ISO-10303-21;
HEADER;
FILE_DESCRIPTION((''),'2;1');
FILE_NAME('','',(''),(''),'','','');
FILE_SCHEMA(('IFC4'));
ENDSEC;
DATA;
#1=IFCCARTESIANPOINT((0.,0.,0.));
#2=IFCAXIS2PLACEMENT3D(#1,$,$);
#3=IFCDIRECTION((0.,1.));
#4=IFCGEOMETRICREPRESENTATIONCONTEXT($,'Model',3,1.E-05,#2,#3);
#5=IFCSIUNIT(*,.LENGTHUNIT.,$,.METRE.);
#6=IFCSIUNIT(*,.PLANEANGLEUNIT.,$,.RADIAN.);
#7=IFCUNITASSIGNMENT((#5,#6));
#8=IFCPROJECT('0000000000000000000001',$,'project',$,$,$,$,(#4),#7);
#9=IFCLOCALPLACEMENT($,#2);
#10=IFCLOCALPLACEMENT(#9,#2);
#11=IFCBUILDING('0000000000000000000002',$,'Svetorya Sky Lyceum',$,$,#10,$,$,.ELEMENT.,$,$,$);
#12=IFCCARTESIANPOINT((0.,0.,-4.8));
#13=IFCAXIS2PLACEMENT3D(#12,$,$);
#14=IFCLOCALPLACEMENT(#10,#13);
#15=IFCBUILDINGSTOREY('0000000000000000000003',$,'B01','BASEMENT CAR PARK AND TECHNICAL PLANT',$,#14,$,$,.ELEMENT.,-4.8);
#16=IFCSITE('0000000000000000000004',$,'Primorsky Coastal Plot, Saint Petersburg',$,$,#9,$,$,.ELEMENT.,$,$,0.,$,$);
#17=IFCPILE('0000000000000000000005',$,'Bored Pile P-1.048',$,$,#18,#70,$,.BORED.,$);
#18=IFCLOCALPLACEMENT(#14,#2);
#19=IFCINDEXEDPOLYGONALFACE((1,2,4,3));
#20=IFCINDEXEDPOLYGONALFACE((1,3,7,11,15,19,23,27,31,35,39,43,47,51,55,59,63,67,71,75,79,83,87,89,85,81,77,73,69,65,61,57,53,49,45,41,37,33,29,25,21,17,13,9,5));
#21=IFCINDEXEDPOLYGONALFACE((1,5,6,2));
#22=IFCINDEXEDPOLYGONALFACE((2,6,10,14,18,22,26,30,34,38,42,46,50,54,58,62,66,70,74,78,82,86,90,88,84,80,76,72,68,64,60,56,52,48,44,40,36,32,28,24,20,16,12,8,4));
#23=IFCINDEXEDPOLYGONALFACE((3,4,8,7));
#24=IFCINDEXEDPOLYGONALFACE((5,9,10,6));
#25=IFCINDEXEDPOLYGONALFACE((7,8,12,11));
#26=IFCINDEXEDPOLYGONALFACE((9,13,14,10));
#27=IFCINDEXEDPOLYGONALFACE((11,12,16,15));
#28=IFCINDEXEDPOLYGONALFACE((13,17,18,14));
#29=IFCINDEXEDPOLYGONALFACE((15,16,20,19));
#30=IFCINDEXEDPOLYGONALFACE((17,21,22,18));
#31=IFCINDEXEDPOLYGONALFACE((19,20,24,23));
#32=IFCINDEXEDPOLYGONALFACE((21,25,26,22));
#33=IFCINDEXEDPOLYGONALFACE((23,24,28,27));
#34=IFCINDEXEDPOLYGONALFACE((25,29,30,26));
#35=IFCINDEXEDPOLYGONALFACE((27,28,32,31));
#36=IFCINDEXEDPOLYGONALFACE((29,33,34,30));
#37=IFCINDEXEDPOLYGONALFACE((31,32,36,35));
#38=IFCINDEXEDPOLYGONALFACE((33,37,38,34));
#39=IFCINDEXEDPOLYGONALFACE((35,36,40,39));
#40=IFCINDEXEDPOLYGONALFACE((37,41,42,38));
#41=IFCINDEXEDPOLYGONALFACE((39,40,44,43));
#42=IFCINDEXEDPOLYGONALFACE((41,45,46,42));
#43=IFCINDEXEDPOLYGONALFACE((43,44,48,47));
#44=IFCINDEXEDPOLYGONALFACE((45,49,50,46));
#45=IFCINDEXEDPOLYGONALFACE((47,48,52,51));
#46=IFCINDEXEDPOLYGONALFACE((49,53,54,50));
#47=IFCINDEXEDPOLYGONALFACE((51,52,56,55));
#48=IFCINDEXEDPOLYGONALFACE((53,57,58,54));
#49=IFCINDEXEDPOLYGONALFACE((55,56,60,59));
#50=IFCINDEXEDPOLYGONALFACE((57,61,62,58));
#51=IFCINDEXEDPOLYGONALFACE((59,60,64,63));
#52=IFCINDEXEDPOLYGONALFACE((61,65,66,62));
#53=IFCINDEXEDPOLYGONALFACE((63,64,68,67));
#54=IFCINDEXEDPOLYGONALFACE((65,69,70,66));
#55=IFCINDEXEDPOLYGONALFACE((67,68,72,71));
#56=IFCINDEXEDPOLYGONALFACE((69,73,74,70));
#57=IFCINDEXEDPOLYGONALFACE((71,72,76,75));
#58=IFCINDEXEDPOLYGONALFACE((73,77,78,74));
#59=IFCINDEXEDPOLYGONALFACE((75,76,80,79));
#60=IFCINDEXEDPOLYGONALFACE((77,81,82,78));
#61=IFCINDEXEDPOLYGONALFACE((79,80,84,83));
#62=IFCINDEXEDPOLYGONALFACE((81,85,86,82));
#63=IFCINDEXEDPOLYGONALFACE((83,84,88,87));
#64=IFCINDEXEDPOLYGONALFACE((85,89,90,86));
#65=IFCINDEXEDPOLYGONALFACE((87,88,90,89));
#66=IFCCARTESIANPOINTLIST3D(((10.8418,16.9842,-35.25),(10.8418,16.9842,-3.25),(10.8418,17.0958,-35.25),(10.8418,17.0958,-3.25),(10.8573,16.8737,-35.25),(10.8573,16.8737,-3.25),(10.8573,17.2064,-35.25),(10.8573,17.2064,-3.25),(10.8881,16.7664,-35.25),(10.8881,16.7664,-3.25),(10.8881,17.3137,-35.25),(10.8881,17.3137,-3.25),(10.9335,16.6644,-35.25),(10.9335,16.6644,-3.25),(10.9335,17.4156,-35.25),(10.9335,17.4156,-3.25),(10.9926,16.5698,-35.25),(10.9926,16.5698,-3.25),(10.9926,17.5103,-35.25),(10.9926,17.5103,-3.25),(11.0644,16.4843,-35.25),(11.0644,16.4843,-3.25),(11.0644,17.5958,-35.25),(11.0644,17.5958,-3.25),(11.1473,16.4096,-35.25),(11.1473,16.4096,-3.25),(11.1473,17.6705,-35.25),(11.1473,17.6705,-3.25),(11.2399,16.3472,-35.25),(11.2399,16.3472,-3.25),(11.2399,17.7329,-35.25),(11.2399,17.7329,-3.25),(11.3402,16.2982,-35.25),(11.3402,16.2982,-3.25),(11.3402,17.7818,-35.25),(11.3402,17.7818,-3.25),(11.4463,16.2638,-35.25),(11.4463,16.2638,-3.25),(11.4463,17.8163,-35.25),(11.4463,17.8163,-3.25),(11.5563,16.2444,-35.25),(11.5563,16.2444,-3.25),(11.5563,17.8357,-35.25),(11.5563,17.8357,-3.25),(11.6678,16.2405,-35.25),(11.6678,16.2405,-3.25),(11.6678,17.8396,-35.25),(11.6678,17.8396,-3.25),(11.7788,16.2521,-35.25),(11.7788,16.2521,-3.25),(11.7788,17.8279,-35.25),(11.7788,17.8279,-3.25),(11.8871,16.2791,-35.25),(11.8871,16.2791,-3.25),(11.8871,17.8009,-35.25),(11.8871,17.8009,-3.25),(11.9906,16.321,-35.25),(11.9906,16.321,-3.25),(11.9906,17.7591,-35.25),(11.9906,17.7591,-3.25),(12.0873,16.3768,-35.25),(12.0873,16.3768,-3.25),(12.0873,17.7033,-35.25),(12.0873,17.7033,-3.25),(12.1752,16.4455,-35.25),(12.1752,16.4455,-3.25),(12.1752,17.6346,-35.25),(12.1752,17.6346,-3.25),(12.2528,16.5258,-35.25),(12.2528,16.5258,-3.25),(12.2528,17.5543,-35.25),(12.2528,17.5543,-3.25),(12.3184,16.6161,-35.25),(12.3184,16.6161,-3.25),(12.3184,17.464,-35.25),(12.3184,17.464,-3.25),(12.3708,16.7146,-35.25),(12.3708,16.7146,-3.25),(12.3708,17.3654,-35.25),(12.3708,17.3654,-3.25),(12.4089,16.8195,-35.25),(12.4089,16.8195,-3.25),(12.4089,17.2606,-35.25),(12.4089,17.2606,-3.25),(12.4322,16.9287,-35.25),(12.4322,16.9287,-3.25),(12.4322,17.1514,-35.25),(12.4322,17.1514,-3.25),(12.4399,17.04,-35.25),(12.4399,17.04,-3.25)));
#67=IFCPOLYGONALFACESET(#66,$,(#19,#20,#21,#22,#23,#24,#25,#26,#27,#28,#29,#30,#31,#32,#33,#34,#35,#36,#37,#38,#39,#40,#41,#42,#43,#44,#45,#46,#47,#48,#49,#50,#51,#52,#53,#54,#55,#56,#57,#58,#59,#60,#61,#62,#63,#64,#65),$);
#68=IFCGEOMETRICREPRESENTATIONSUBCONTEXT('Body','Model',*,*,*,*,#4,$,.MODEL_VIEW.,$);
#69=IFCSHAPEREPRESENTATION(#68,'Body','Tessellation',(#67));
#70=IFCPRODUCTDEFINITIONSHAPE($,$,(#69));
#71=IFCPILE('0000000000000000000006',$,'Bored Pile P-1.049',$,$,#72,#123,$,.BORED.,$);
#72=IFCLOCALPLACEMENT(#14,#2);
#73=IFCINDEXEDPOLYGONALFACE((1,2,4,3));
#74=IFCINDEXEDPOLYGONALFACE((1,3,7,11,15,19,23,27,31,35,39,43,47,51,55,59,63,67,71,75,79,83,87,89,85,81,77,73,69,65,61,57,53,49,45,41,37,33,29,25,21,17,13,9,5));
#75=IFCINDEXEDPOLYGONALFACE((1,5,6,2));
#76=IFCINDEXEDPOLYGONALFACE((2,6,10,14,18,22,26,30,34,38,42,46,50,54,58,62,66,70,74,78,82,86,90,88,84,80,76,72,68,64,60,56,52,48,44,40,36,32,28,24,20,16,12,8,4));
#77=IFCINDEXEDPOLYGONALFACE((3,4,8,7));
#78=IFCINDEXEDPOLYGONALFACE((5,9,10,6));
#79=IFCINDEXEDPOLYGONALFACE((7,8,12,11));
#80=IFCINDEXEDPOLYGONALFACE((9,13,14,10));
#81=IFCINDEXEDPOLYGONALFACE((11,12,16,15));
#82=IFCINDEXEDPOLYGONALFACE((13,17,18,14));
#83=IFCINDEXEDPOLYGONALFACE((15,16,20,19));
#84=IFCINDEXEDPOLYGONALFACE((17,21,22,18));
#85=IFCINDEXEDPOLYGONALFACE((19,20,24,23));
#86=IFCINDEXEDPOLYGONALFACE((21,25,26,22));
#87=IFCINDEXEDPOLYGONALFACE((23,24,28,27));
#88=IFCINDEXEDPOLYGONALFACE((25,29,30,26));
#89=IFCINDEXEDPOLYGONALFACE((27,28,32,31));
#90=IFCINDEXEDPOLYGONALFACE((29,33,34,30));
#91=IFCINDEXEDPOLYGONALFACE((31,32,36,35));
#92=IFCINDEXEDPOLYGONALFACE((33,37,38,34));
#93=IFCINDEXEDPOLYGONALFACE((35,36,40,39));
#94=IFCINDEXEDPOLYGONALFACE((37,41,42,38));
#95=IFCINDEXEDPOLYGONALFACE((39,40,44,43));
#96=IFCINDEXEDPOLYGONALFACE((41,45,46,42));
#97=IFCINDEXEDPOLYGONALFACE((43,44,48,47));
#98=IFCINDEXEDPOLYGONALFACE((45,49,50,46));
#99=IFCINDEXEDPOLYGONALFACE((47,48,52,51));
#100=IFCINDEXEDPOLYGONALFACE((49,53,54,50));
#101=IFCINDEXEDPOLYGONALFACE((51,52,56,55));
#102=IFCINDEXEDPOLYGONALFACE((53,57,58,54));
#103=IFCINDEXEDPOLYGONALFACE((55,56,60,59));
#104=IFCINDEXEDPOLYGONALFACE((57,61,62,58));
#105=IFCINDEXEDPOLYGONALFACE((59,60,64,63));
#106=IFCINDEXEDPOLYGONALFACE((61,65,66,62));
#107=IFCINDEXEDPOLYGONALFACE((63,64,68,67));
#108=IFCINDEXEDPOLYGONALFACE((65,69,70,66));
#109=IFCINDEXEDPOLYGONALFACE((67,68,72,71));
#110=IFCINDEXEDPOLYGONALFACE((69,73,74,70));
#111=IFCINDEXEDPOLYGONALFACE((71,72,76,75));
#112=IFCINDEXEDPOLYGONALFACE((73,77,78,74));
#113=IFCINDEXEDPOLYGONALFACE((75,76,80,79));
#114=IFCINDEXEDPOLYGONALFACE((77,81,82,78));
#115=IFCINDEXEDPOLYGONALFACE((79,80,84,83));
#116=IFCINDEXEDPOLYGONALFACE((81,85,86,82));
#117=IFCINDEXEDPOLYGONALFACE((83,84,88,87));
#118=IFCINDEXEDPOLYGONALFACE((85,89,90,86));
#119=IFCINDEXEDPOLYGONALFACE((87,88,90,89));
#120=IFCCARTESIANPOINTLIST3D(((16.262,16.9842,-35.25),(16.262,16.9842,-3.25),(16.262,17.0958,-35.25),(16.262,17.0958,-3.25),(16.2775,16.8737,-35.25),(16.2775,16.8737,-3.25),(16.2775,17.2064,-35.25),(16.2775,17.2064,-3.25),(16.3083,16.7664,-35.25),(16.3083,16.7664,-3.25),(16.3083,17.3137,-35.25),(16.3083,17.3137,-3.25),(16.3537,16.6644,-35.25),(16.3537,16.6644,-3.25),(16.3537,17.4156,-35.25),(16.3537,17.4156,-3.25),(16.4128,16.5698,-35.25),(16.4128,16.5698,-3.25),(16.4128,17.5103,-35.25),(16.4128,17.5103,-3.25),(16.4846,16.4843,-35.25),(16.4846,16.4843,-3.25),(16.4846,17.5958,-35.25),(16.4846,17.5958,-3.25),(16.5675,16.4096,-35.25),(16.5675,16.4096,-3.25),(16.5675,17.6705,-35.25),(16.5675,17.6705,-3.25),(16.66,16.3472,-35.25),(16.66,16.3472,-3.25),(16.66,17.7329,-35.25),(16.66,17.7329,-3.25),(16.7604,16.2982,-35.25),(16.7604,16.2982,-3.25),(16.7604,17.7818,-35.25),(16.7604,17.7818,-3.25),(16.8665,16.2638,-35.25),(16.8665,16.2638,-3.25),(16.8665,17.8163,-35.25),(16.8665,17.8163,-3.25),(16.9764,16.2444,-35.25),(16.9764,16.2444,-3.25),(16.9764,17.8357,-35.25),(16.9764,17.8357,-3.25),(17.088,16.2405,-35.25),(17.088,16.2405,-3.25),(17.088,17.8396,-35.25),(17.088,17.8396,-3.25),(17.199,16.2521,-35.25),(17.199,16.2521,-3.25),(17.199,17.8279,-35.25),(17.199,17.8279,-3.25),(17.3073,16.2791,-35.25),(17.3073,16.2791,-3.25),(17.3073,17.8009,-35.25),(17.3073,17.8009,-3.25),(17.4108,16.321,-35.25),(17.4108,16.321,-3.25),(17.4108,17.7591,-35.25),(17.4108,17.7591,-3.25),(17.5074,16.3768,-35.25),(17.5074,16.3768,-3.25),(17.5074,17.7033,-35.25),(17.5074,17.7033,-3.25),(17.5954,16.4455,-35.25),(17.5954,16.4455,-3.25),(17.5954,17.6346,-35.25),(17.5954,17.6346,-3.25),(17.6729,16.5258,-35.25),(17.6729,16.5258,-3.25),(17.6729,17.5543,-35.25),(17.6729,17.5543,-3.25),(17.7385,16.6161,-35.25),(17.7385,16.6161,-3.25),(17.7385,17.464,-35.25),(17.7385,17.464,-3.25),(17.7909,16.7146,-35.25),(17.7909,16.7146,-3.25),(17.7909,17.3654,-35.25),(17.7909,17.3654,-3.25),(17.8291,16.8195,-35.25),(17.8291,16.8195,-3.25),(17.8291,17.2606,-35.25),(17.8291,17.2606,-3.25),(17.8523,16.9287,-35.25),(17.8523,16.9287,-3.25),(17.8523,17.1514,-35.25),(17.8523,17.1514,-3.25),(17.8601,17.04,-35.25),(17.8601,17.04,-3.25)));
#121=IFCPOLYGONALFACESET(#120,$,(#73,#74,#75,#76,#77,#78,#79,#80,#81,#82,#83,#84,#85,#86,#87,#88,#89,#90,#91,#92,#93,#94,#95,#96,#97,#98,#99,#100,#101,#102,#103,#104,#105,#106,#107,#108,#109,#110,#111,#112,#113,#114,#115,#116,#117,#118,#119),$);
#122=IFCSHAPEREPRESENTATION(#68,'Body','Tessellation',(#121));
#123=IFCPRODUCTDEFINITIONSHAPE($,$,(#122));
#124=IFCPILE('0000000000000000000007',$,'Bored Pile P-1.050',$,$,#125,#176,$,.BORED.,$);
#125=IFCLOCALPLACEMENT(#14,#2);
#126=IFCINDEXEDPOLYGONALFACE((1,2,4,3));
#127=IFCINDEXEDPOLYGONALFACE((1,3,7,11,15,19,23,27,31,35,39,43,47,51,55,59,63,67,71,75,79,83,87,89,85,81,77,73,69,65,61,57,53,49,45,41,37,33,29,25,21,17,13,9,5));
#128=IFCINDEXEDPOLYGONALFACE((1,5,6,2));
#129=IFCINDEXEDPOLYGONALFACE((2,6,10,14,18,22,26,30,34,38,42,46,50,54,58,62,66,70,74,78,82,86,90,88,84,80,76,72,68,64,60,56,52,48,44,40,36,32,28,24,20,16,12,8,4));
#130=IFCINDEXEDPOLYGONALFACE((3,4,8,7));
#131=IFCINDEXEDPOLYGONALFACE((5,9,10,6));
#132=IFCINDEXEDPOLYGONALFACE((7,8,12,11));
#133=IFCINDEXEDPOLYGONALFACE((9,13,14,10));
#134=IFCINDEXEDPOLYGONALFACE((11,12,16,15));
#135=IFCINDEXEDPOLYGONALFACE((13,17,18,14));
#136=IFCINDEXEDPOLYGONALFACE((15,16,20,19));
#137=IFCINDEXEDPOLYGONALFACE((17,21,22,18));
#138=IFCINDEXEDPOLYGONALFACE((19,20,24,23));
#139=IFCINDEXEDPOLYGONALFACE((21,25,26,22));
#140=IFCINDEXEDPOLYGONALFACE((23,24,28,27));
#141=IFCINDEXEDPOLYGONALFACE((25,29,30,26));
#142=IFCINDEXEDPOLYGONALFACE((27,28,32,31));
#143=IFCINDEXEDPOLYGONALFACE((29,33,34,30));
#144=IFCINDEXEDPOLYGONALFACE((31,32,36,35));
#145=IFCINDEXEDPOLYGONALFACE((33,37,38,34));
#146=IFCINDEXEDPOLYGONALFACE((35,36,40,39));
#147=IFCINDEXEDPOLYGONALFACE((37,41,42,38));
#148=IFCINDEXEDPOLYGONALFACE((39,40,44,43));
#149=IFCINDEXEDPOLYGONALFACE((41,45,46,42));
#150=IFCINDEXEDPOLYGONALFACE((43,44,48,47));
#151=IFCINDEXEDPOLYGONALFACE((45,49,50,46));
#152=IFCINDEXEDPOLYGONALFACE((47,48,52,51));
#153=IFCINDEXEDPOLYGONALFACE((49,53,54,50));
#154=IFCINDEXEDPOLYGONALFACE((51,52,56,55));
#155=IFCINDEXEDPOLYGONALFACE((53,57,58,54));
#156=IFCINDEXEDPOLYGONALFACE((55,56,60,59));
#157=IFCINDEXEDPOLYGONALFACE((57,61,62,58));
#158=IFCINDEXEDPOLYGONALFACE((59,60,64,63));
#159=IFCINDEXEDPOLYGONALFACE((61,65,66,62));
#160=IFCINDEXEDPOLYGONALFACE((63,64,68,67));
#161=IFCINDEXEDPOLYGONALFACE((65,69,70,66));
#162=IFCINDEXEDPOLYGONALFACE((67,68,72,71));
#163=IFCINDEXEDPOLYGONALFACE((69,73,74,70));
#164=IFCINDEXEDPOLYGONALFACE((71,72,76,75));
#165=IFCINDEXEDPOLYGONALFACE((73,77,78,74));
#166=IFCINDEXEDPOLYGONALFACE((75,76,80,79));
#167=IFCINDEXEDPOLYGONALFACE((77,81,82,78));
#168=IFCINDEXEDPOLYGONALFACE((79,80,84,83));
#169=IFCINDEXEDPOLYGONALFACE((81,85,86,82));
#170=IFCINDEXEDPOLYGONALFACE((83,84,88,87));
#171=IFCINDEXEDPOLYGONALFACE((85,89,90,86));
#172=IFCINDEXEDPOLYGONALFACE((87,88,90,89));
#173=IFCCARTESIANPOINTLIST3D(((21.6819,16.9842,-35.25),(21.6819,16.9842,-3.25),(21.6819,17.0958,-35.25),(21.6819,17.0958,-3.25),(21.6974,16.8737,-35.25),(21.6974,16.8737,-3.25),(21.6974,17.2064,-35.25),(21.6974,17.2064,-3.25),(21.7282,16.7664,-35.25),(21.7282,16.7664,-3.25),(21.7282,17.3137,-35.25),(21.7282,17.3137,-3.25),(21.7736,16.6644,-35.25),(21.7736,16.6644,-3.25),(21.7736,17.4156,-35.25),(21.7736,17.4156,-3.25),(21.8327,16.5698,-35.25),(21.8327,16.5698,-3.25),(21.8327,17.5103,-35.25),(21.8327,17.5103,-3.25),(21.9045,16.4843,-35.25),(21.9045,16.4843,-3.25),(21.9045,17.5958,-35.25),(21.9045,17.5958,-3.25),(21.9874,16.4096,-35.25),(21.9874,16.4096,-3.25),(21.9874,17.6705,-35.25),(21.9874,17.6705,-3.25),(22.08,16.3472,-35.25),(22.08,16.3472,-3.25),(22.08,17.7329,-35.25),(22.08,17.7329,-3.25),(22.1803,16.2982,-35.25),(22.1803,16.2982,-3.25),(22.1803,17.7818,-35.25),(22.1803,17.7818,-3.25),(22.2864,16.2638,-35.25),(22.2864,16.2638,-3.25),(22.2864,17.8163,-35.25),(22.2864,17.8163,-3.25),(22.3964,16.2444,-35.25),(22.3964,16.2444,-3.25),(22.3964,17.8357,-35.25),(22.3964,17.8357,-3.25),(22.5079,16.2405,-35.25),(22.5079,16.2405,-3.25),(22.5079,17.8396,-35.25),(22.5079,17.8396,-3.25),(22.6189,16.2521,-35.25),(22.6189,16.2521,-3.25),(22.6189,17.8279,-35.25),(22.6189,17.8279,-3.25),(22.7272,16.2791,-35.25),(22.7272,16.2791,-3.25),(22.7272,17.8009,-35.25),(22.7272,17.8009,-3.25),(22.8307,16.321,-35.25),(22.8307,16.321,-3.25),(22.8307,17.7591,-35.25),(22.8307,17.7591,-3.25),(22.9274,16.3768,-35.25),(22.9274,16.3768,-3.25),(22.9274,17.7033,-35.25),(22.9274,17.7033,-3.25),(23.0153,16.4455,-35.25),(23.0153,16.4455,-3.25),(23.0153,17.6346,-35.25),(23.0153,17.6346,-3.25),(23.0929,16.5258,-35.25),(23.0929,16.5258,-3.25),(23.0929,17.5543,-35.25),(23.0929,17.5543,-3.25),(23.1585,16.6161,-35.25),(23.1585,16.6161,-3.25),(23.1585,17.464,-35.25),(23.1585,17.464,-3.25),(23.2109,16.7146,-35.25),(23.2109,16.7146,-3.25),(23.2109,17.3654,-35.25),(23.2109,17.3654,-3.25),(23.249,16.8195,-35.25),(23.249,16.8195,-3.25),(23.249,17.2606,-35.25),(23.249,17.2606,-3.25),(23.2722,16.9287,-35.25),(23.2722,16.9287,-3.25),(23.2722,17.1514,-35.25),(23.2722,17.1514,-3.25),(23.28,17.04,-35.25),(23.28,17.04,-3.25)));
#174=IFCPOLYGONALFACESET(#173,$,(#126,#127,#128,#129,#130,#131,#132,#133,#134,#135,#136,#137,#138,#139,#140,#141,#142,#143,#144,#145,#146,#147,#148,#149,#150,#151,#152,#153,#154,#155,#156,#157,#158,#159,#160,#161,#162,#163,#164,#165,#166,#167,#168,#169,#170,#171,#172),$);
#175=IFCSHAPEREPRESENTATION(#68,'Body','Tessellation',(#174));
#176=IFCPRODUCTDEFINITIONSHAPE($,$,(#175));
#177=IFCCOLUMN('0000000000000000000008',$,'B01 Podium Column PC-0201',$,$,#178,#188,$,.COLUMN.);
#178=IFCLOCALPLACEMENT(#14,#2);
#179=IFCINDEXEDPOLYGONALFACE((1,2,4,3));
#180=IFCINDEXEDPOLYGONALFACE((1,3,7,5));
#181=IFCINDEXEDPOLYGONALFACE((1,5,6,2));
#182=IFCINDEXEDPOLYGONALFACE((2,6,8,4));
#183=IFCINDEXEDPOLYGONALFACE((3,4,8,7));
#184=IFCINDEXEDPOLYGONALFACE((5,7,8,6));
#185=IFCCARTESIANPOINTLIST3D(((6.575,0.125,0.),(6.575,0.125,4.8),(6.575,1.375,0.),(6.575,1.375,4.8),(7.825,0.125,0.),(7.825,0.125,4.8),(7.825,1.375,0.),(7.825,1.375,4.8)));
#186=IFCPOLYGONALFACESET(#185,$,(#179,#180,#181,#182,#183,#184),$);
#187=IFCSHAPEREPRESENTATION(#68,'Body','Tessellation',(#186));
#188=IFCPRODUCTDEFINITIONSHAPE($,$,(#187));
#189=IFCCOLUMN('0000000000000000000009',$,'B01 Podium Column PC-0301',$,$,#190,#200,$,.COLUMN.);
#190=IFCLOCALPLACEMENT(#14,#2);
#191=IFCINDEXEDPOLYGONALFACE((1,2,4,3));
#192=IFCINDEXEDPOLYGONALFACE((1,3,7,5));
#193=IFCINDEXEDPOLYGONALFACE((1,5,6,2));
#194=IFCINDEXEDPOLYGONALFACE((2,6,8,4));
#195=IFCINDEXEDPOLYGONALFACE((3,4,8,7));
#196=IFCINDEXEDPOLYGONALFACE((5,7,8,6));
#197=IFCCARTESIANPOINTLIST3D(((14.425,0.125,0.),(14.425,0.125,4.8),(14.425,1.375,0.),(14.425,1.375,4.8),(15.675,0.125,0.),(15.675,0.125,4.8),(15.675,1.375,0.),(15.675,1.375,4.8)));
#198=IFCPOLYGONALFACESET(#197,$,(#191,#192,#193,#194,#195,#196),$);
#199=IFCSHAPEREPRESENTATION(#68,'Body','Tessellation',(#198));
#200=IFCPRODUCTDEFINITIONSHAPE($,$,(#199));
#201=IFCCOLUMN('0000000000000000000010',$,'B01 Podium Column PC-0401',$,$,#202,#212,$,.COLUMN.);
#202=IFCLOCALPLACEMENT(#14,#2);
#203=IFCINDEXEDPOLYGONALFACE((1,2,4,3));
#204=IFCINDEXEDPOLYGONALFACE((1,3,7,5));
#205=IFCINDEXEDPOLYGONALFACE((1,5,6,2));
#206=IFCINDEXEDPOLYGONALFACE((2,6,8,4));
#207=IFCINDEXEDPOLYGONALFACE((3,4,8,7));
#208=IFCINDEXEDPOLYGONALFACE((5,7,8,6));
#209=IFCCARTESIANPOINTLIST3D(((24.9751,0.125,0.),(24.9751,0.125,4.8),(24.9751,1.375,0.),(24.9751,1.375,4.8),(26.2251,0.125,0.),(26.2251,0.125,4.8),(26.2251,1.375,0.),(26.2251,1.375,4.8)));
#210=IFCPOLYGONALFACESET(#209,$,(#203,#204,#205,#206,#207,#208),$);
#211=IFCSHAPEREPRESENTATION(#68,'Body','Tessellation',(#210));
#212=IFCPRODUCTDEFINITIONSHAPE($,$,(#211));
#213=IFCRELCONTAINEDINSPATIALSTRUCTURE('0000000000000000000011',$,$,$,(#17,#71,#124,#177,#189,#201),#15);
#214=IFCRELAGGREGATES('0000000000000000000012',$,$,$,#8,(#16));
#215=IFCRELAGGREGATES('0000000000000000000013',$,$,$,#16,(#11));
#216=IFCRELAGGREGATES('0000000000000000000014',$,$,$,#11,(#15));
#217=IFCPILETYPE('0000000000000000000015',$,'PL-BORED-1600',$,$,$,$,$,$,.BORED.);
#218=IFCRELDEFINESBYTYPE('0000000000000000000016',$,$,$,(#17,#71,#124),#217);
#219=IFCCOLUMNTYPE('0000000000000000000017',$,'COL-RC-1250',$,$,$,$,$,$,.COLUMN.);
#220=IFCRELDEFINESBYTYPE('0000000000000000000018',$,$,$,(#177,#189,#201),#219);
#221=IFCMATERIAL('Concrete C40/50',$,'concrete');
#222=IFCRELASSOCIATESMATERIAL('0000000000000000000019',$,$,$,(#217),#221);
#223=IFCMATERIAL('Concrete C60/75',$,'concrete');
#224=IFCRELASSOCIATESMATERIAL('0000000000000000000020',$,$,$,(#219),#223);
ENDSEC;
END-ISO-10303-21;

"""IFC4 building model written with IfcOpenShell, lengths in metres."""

from ifc_helpers import new_model, si_unit, direction, frame, origin, origin_2d, place, context, subcontext, project, spatial, rectangle, circle, extrude, material, material_profile, profile_set, type_object, element, save


model = new_model("IFC4")

# Units and contexts
model_context = context("Model", 3, precision=1e-05, world=origin(), true_north=direction((0.0, 1.0)))
body_context = subcontext(model_context, "Body", "Model", "MODEL_VIEW")
ifc_project = project(units=[si_unit("LENGTHUNIT", "METRE"), si_unit("PLANEANGLEUNIT", "RADIAN")], contexts=[model_context])

# Site, building, storey
site_placement = place(None, origin())
site = spatial("IfcSite", under=ifc_project, at=site_placement, Name="Primorsky Coastal Plot, Saint Petersburg", CompositionType="ELEMENT", RefElevation=0.0)
building_placement = place(site_placement, origin())
building = spatial("IfcBuilding", under=site, at=building_placement, Name="Svetorya Sky Lyceum", CompositionType="ELEMENT")
storey_placement = place(building_placement, frame((0.0, 0.0, -4.8)))
storey = spatial("IfcBuildingStorey", under=building, at=storey_placement, Name="B01", Description="BASEMENT CAR PARK AND TECHNICAL PLANT", CompositionType="ELEMENT", Elevation=-4.8)

# Piles
ifc_material_1 = material(Name="Concrete C40/50", Category="concrete")
ifc_material_profile_1 = material_profile(ifc_material_1, circle(Radius=0.8, at=origin_2d()), Name="RC PILE D1600")
ifc_profile_set_1 = profile_set([ifc_material_profile_1], Name="Concrete C40/50")
pile_type = type_object("IfcPileType", Name="PL-BORED-1600", PredefinedType="BORED", material=ifc_profile_set_1)
for number, where, z_axis, x_axis, name in (
    (1, (11.6399, 17.04, -3.25), (0.0, 0.0, -1.0), (1.0, 0.0, 0.0), "Bored Pile P-1.048"),
    (2, (17.0601, 17.04, -3.25), (0.0, 0.0, -1.0), (1.0, 0.0, 0.0), "Bored Pile P-1.049"),
    (3, (22.48, 17.04, -3.25), (0.0, 0.0, -1.0), (1.0, 0.0, 0.0), "Bored Pile P-1.050"),
):
    element("IfcPile", number, at=place(storey_placement, frame(where, z_axis=z_axis, x_axis=x_axis)), inside=storey, type_object=pile_type, Name=name, PredefinedType="BORED", context=body_context, shape_type="SweptSolid", body=[
        extrude(circle(Radius=0.8, at=origin_2d()), origin(), (0.0, 0.0, 1.0), 32.0),
    ])

# Columns
ifc_material_2 = material(Name="Concrete C60/75", Category="concrete")
ifc_material_profile_2 = material_profile(ifc_material_2, rectangle(XDim=1.25, YDim=1.25, at=origin_2d()), Name="RC COL 1250x1250")
ifc_profile_set_2 = profile_set([ifc_material_profile_2], Name="Concrete C60/75")
column_type_1 = type_object("IfcColumnType", Name="COL-RC-1250", PredefinedType="COLUMN", material=ifc_profile_set_2)
for number, where, z_axis, x_axis, name in (
    (4, (7.2, 0.75, 0.0), (0.0, 0.0, 1.0), (1.0, 0.0, 0.0), "B01 Podium Column PC-0201"),
    (5, (15.05, 0.75, 0.0), (0.0, 0.0, 1.0), (1.0, 0.0, 0.0), "B01 Podium Column PC-0301"),
    (6, (25.6001, 0.75, 0.0), (0.0, 0.0, 1.0), (1.0, 0.0, 0.0), "B01 Podium Column PC-0401"),
):
    element("IfcColumn", number, at=place(storey_placement, frame(where, z_axis=z_axis, x_axis=x_axis)), inside=storey, type_object=column_type_1, Name=name, PredefinedType="COLUMN", context=body_context, shape_type="SweptSolid", body=[
        extrude(rectangle(XDim=1.25, YDim=1.25, at=origin_2d()), origin(), (0.0, 0.0, 1.0), 4.8),
    ])

save(model, "model.ifc")
